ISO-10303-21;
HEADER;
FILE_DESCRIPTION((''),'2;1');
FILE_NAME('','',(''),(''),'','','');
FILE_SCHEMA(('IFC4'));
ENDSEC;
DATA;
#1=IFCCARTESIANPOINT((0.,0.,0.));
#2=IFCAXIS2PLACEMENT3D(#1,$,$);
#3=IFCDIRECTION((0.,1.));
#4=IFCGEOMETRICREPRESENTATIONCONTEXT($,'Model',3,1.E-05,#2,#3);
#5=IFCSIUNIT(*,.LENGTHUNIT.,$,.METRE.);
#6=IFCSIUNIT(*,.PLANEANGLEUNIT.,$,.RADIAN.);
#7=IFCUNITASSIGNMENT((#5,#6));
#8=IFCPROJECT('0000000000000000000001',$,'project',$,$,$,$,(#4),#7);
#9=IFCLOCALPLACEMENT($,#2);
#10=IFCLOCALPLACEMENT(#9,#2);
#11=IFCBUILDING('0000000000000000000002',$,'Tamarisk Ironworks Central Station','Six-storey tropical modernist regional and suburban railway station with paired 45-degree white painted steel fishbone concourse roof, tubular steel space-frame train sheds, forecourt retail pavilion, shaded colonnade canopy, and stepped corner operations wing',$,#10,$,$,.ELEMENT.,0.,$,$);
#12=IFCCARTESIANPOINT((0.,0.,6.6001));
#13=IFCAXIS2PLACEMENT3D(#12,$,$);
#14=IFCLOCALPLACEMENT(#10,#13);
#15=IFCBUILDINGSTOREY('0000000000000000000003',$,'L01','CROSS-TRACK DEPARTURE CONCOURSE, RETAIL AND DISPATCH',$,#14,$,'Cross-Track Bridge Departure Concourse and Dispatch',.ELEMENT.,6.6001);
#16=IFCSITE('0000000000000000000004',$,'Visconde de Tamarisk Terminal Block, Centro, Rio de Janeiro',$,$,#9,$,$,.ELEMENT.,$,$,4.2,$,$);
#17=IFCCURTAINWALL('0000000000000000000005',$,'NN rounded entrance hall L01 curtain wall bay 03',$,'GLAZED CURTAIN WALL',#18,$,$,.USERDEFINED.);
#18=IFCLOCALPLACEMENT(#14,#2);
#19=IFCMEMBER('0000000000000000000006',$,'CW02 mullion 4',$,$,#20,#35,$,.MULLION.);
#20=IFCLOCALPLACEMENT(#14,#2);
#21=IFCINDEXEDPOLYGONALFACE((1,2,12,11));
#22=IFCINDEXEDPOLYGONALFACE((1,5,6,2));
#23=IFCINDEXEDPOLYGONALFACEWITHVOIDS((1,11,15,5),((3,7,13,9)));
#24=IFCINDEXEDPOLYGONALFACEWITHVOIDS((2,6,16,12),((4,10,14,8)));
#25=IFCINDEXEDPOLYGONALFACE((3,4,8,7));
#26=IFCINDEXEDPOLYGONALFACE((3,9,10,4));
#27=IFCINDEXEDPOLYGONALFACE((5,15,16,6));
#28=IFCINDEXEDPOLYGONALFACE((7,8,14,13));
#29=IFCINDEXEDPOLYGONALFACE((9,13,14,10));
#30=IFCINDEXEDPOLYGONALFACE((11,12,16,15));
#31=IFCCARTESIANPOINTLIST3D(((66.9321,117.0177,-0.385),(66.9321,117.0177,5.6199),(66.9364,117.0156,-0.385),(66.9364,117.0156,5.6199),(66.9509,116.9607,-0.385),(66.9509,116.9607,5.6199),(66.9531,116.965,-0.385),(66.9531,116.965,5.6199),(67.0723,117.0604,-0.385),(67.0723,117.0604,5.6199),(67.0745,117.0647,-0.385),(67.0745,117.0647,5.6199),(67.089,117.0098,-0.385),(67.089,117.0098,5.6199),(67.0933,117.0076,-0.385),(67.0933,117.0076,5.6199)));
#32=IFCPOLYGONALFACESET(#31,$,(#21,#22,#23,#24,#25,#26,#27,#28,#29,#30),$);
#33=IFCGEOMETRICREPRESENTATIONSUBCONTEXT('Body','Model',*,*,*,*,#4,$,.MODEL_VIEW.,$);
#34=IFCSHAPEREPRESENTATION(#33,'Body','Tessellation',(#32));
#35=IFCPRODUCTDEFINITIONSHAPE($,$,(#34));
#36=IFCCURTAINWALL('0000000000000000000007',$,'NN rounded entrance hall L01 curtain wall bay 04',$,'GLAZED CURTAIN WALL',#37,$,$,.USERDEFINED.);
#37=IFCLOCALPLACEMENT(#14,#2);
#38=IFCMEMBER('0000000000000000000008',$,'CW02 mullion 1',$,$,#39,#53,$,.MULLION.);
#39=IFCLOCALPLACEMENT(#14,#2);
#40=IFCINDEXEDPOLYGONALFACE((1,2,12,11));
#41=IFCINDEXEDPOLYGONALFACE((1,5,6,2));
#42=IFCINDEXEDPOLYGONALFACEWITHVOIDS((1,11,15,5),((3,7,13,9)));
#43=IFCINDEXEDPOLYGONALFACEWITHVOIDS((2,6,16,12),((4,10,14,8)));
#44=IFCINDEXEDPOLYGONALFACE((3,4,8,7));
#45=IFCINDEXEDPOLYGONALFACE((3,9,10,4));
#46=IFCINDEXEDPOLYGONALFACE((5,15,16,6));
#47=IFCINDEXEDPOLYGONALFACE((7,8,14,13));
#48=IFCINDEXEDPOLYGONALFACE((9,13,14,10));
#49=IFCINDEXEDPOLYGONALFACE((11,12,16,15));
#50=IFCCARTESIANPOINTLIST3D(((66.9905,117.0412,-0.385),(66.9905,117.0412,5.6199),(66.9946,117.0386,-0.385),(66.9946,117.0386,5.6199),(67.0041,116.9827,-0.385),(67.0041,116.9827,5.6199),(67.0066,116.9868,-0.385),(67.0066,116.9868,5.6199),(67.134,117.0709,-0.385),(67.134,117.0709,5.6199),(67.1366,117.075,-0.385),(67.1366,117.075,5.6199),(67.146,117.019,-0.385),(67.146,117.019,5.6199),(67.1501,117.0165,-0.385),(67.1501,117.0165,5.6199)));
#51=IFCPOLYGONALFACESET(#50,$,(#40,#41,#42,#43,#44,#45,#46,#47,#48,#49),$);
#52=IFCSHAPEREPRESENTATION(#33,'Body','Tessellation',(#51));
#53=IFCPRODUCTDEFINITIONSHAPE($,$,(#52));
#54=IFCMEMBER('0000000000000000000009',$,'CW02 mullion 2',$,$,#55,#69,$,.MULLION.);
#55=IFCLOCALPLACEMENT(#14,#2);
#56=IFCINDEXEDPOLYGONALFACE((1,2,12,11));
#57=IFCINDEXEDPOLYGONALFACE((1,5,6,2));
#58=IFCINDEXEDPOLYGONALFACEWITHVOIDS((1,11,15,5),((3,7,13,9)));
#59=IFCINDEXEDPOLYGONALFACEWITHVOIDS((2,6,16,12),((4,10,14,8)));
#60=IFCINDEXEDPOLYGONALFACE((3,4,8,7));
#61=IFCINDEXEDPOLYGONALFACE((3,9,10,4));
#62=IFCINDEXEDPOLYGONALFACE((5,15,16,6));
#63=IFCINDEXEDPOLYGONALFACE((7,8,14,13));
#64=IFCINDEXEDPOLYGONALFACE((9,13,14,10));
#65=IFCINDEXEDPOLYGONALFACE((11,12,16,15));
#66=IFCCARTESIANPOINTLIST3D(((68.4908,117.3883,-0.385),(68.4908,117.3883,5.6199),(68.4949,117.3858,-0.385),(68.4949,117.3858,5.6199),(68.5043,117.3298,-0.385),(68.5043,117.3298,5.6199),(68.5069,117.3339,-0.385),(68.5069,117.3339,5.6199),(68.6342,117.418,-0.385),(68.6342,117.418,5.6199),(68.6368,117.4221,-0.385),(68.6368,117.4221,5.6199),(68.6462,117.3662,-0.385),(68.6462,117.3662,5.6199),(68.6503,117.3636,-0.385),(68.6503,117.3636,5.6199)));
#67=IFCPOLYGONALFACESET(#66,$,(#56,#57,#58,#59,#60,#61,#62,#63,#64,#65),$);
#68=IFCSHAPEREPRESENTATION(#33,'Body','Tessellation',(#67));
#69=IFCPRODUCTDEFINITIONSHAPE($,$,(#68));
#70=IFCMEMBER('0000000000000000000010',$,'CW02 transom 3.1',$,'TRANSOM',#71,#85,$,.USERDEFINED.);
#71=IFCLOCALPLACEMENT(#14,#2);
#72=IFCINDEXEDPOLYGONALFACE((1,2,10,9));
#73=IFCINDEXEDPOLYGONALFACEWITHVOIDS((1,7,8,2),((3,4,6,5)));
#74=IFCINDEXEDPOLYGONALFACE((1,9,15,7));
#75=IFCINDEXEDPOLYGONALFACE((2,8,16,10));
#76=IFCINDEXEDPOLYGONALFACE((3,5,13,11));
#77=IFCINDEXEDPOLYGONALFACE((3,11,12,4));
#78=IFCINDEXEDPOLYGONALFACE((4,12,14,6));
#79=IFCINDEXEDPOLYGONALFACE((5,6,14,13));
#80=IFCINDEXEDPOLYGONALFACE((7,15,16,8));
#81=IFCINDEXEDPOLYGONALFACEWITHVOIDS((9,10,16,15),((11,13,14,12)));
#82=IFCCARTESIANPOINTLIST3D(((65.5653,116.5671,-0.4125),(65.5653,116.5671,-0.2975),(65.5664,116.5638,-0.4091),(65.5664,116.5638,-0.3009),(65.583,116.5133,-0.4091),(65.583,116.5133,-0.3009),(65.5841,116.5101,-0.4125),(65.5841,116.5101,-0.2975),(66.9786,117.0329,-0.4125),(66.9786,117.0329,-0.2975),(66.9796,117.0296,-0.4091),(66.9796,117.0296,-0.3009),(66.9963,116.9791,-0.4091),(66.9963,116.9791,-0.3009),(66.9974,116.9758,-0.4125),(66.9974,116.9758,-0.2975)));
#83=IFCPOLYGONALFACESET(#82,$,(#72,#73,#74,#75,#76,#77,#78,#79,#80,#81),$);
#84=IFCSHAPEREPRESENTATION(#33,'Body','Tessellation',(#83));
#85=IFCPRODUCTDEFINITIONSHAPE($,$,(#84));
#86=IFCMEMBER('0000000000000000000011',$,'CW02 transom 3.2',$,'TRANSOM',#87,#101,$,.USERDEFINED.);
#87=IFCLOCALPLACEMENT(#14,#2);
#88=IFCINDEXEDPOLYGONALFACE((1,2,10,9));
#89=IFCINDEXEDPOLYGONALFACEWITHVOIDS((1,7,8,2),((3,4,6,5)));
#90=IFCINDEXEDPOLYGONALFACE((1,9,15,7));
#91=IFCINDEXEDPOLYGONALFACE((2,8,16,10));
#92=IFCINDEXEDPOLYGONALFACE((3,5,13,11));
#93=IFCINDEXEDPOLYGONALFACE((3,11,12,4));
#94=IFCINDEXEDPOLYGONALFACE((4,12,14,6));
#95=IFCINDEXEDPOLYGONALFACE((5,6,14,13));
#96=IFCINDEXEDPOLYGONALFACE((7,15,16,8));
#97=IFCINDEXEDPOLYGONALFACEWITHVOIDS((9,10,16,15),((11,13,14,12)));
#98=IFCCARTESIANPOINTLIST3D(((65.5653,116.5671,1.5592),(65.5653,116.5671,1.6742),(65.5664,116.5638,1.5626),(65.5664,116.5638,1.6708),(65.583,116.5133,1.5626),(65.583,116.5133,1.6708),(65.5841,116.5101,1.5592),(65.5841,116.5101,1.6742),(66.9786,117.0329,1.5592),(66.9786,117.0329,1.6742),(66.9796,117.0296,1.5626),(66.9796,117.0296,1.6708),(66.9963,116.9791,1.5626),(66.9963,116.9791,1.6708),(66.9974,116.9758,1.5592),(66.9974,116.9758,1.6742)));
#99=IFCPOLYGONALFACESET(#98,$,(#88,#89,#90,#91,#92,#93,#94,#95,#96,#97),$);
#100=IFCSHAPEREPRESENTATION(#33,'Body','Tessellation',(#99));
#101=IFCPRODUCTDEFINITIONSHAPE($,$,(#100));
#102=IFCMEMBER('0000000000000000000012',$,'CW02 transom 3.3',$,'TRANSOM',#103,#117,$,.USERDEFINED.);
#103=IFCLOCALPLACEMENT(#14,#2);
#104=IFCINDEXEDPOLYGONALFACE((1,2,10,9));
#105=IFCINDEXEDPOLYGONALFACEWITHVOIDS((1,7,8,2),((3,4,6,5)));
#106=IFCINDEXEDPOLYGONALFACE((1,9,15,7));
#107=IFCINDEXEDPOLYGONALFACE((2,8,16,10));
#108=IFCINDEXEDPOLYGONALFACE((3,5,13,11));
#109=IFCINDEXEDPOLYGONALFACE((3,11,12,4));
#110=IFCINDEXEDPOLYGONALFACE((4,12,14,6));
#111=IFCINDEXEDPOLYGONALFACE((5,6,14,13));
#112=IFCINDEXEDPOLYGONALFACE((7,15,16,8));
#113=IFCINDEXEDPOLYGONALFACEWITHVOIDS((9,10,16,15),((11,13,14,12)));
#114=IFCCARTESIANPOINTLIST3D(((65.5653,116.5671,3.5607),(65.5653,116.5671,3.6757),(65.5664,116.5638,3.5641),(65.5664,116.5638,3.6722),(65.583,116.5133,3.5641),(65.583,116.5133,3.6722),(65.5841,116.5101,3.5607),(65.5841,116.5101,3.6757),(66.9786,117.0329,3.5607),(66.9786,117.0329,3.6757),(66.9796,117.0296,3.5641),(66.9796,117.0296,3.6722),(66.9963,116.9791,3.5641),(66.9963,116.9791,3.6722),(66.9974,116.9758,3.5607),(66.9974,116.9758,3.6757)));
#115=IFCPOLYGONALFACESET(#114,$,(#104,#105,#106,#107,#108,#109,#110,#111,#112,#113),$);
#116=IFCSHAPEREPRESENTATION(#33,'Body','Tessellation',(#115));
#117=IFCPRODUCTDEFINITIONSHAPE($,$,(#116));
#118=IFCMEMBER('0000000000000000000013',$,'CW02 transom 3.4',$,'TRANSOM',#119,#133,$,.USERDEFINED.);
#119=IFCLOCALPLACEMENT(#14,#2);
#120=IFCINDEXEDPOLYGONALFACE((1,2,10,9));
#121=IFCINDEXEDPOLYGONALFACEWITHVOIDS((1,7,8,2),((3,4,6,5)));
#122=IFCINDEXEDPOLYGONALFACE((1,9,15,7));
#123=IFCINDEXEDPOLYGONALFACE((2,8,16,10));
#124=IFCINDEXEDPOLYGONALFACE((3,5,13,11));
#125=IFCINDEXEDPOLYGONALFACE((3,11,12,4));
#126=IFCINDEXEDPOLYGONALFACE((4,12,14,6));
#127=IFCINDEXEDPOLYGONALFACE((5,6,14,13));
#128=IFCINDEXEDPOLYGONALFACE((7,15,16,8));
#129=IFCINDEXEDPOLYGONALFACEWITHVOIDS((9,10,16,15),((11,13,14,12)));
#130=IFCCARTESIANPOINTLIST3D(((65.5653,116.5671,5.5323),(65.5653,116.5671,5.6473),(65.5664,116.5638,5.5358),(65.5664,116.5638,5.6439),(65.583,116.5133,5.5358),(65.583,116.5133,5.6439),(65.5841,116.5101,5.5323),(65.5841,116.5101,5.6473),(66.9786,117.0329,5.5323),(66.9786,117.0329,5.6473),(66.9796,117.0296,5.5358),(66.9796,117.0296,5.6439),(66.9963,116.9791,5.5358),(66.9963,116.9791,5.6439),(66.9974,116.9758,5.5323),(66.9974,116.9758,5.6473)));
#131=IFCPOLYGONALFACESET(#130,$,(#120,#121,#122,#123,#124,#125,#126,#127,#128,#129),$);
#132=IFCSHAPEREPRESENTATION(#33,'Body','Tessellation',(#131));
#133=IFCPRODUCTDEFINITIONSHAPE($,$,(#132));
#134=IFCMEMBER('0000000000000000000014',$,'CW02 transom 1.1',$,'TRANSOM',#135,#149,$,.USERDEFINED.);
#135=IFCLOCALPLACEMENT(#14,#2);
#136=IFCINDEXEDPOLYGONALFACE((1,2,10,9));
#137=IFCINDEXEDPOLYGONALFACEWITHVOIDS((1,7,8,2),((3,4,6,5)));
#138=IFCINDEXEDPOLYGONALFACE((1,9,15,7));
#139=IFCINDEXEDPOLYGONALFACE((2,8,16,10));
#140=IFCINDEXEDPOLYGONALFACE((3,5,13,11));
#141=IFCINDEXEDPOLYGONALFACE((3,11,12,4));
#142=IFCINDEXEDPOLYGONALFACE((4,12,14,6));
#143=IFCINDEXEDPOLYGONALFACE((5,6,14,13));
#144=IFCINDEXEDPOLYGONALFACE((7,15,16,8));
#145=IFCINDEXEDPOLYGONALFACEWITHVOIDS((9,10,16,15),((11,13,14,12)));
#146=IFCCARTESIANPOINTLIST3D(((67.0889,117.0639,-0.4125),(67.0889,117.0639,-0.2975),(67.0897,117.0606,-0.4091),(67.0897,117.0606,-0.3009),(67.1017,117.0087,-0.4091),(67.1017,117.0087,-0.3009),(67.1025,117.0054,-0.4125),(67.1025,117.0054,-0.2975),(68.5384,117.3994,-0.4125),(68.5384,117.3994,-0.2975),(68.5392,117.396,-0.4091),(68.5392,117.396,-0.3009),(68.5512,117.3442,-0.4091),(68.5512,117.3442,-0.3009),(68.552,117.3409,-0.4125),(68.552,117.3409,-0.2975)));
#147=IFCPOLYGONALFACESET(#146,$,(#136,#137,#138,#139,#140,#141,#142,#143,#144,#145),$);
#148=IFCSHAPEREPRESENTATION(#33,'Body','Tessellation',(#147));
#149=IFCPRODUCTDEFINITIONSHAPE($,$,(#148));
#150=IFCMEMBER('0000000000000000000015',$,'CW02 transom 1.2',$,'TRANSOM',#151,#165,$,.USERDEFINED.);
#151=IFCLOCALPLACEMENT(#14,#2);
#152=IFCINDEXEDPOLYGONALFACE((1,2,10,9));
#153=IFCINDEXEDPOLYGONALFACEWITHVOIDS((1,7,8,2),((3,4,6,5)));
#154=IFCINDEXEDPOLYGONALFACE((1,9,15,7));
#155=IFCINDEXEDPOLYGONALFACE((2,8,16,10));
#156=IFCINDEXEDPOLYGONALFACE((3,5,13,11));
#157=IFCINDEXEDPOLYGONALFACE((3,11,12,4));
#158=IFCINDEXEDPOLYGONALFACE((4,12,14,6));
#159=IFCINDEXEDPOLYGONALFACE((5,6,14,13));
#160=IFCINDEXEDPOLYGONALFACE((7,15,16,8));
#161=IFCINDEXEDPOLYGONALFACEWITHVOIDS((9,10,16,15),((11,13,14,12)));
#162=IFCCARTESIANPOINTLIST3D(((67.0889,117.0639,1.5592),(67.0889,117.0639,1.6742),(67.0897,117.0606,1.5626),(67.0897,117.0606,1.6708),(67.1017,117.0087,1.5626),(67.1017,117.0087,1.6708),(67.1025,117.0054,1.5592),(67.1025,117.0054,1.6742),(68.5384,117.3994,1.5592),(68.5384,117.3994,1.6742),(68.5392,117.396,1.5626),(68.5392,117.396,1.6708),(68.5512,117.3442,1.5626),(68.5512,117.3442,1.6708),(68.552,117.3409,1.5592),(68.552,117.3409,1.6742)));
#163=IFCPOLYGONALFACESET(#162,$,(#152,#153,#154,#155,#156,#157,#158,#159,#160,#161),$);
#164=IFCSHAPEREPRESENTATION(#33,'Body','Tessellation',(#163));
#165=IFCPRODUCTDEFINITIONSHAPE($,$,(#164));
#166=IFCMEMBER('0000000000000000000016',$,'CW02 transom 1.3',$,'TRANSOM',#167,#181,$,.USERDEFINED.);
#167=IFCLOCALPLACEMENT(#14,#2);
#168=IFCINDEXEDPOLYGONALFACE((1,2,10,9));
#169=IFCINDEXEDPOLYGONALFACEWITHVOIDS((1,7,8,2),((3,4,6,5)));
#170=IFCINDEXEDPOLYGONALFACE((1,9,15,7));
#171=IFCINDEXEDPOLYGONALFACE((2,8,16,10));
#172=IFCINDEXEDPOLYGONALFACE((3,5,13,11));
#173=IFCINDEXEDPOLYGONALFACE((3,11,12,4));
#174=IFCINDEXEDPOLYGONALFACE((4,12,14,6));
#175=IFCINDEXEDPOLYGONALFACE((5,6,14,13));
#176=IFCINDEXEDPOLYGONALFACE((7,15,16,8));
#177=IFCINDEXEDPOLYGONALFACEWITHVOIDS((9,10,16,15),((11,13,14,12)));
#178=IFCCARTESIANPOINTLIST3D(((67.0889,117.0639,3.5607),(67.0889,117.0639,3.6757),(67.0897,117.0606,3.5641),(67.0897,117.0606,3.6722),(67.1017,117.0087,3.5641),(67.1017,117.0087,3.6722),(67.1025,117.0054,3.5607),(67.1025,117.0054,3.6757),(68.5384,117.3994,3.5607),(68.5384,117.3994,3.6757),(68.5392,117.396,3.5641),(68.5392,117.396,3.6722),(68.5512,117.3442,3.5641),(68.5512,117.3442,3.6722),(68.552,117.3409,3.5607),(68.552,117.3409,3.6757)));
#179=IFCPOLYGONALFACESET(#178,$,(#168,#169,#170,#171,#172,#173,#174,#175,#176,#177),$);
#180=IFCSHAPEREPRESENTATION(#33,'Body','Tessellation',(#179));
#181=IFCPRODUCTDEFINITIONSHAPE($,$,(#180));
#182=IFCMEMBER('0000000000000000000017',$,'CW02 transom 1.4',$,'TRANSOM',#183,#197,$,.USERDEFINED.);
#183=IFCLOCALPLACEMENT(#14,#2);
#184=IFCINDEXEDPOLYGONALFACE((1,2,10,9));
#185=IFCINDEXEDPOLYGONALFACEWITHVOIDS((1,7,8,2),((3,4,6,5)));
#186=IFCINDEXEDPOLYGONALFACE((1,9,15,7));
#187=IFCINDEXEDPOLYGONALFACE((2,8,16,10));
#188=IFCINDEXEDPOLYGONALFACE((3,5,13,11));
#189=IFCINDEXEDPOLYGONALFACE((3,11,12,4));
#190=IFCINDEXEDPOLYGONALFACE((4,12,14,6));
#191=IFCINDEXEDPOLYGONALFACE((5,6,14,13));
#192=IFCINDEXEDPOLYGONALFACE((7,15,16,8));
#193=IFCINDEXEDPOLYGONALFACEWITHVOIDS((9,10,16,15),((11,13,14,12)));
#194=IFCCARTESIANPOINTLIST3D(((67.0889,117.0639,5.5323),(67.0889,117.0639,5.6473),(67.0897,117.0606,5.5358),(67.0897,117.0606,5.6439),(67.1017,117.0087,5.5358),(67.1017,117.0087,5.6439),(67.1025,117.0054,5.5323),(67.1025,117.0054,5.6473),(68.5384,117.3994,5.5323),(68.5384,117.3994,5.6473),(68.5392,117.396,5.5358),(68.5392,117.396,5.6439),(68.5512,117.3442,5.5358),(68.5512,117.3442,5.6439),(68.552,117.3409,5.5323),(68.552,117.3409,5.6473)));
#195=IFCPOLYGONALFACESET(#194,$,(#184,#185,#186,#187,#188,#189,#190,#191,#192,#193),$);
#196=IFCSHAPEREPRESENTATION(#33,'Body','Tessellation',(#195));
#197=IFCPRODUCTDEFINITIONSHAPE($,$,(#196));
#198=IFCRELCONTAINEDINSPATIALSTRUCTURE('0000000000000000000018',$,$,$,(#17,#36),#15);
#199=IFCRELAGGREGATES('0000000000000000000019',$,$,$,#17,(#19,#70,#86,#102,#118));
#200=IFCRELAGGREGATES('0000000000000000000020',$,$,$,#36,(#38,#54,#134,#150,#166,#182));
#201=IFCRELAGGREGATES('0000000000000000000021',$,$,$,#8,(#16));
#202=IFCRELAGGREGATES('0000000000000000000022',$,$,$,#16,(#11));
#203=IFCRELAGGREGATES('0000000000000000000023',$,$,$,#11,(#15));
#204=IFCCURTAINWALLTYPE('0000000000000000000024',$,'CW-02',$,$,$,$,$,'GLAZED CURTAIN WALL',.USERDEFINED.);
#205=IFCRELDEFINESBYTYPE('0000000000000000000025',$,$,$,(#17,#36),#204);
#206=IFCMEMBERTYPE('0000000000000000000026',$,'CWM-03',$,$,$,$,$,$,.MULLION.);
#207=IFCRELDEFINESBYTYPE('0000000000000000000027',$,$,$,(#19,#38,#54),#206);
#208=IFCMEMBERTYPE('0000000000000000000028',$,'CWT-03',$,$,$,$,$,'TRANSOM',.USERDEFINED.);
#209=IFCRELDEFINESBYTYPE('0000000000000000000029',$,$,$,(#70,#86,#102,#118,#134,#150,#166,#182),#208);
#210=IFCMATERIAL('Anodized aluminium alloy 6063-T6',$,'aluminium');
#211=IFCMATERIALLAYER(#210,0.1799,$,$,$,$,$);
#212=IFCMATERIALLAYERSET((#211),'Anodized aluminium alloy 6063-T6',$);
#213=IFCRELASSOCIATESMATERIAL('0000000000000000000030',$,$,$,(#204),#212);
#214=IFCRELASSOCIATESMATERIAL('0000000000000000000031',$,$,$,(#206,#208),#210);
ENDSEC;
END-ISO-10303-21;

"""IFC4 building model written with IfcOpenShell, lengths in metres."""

from ifc_helpers import new_model, si_unit, direction, frame, origin, origin_2d, place, context, subcontext, project, spatial, hollow_rectangle, extrude, material, layer, layer_set, material_profile, profile_set, type_object, element, aggregate, save


model = new_model("IFC4")

# Units and contexts
model_context = context("Model", 3, precision=1e-05, world=origin(), true_north=direction((0.0, 1.0)))
body_context = subcontext(model_context, "Body", "Model", "MODEL_VIEW")
ifc_project = project(units=[si_unit("LENGTHUNIT", "METRE"), si_unit("PLANEANGLEUNIT", "RADIAN")], contexts=[model_context])

# Site, building, storey
site_placement = place(None, origin())
site = spatial("IfcSite", under=ifc_project, at=site_placement, Name="Visconde de Tamarisk Terminal Block, Centro, Rio de Janeiro", CompositionType="ELEMENT", RefElevation=4.2)
building_placement = place(site_placement, origin())
building = spatial("IfcBuilding", under=site, at=building_placement, Name="Tamarisk Ironworks Central Station", Description="Six-storey tropical modernist regional and suburban railway station with paired 45-degree white painted steel fishbone concourse roof, tubular steel space-frame train sheds, forecourt retail pavilion, shaded colonnade canopy, and stepped corner operations wing", CompositionType="ELEMENT", ElevationOfRefHeight=0.0)
storey_placement = place(building_placement, frame((0.0, 0.0, 6.6001)))
storey = spatial("IfcBuildingStorey", under=building, at=storey_placement, Name="L01", Description="CROSS-TRACK DEPARTURE CONCOURSE, RETAIL AND DISPATCH", LongName="Cross-Track Bridge Departure Concourse and Dispatch", CompositionType="ELEMENT", Elevation=6.6001)

# Curtain wall, member
ifc_material_1 = material(Name="Anodized aluminium alloy 6063-T6", Category="aluminium")
ifc_layer_1 = layer(ifc_material_1, 0.1799)
ifc_layer_set_1 = layer_set([ifc_layer_1], Name="Anodized aluminium alloy 6063-T6")
curtain_wall_type = type_object("IfcCurtainWallType", Name="CW-02", ElementType="GLAZED CURTAIN WALL", PredefinedType="USERDEFINED", material=ifc_layer_set_1)
curtain_wall_1_placement = place(storey_placement, origin())
curtain_wall_1 = element("IfcCurtainWall", 1, at=curtain_wall_1_placement, inside=storey, type_object=curtain_wall_type, Name="NN rounded entrance hall L01 curtain wall bay 03", ObjectType="GLAZED CURTAIN WALL", PredefinedType="USERDEFINED")
ifc_material_profile_1 = material_profile(ifc_material_1, hollow_rectangle(XDim=0.0601, YDim=0.1499, WallThickness=0.0034, at=origin_2d()), Name="ALUM 150x60")
ifc_profile_set_1 = profile_set([ifc_material_profile_1], Name="Anodized aluminium alloy 6063-T6")
member_type_1 = type_object("IfcMemberType", Name="CWM-03", PredefinedType="MULLION", material=ifc_profile_set_1)
member_1_placement = place(storey_placement, frame((67.0127, 117.0127, -0.385), z_axis=(0.0, 0.0, 1.0), x_axis=(-0.313098, 0.949721, 0.0)))
member_1 = element("IfcMember", 2, at=member_1_placement, type_object=member_type_1, Name="CW02 mullion 4", PredefinedType="MULLION", context=body_context, shape_type="SweptSolid", body=[
    extrude(hollow_rectangle(XDim=0.0601, YDim=0.1499, WallThickness=0.0034, at=origin_2d()), origin(), (0.0, 0.0, 1.0), 6.0049),
])

# Curtain wall, members
curtain_wall_2_placement = place(storey_placement, origin())
curtain_wall_2 = element("IfcCurtainWall", 3, at=curtain_wall_2_placement, inside=storey, type_object=curtain_wall_type, Name="NN rounded entrance hall L01 curtain wall bay 04", ObjectType="GLAZED CURTAIN WALL", PredefinedType="USERDEFINED")
member_2_placement = place(storey_placement, frame((67.0703, 117.0288, -0.385), z_axis=(0.0, 0.0, 1.0), x_axis=(-0.225517, 0.974239, 0.0)))
member_2 = element("IfcMember", 4, at=member_2_placement, type_object=member_type_1, Name="CW02 mullion 1", PredefinedType="MULLION", context=body_context, shape_type="SweptSolid", body=[
    extrude(hollow_rectangle(XDim=0.0601, YDim=0.1499, WallThickness=0.0034, at=origin_2d()), origin(), (0.0, 0.0, 1.0), 6.0049),
])
member_3_placement = place(storey_placement, frame((68.5706, 117.376, -0.385), z_axis=(0.0, 0.0, 1.0), x_axis=(-0.225517, 0.974239, 0.0)))
member_3 = element("IfcMember", 5, at=member_3_placement, type_object=member_type_1, Name="CW02 mullion 2", PredefinedType="MULLION", context=body_context, shape_type="SweptSolid", body=[
    extrude(hollow_rectangle(XDim=0.0601, YDim=0.1499, WallThickness=0.0034, at=origin_2d()), origin(), (0.0, 0.0, 1.0), 6.0049),
])

# Members
ifc_material_profile_2 = material_profile(ifc_material_1, hollow_rectangle(XDim=0.0601, YDim=0.115, WallThickness=0.0034, at=origin_2d()), Name="ALUM 115x60")
ifc_profile_set_2 = profile_set([ifc_material_profile_2], Name="Anodized aluminium alloy 6063-T6")
member_type_2 = type_object("IfcMemberType", Name="CWT-03", ElementType="TRANSOM", PredefinedType="USERDEFINED", material=ifc_profile_set_2)
member_4_placement = place(storey_placement, frame((65.5747, 116.5386, -0.355), z_axis=(0.949744, 0.313027, 0.0), x_axis=(-0.313027, 0.949744, 0.0)))
member_4 = element("IfcMember", 6, at=member_4_placement, type_object=member_type_2, Name="CW02 transom 3.1", ObjectType="TRANSOM", PredefinedType="USERDEFINED", context=body_context, shape_type="SweptSolid", body=[
    extrude(hollow_rectangle(XDim=0.0601, YDim=0.115, WallThickness=0.0034, at=origin_2d()), origin(), (0.0, 0.0, 1.0), 1.488),
])
member_5_placement = place(storey_placement, frame((65.5747, 116.5386, 1.6167), z_axis=(0.949744, 0.313027, 0.0), x_axis=(-0.313027, 0.949744, 0.0)))
member_5 = element("IfcMember", 7, at=member_5_placement, type_object=member_type_2, Name="CW02 transom 3.2", ObjectType="TRANSOM", PredefinedType="USERDEFINED", context=body_context, shape_type="SweptSolid", body=[
    extrude(hollow_rectangle(XDim=0.0601, YDim=0.115, WallThickness=0.0034, at=origin_2d()), origin(), (0.0, 0.0, 1.0), 1.488),
])
member_6_placement = place(storey_placement, frame((65.5747, 116.5386, 3.6182), z_axis=(0.949744, 0.313027, 0.0), x_axis=(-0.313027, 0.949744, 0.0)))
member_6 = element("IfcMember", 8, at=member_6_placement, type_object=member_type_2, Name="CW02 transom 3.3", ObjectType="TRANSOM", PredefinedType="USERDEFINED", context=body_context, shape_type="SweptSolid", body=[
    extrude(hollow_rectangle(XDim=0.0601, YDim=0.115, WallThickness=0.0034, at=origin_2d()), origin(), (0.0, 0.0, 1.0), 1.488),
])
member_7_placement = place(storey_placement, frame((65.5747, 116.5386, 5.5898), z_axis=(0.949744, 0.313027, 0.0), x_axis=(-0.313027, 0.949744, 0.0)))
member_7 = element("IfcMember", 9, at=member_7_placement, type_object=member_type_2, Name="CW02 transom 3.4", ObjectType="TRANSOM", PredefinedType="USERDEFINED", context=body_context, shape_type="SweptSolid", body=[
    extrude(hollow_rectangle(XDim=0.0601, YDim=0.115, WallThickness=0.0034, at=origin_2d()), origin(), (0.0, 0.0, 1.0), 1.488),
])
member_8_placement = place(storey_placement, frame((67.0957, 117.0347, -0.355), z_axis=(0.97425, 0.225471, 0.0), x_axis=(-0.225471, 0.97425, 0.0)))
member_8 = element("IfcMember", 10, at=member_8_placement, type_object=member_type_2, Name="CW02 transom 1.1", ObjectType="TRANSOM", PredefinedType="USERDEFINED", context=body_context, shape_type="SweptSolid", body=[
    extrude(hollow_rectangle(XDim=0.0601, YDim=0.115, WallThickness=0.0034, at=origin_2d()), origin(), (0.0, 0.0, 1.0), 1.4878),
])
member_9_placement = place(storey_placement, frame((67.0957, 117.0347, 1.6167), z_axis=(0.97425, 0.225471, 0.0), x_axis=(-0.225471, 0.97425, 0.0)))
member_9 = element("IfcMember", 11, at=member_9_placement, type_object=member_type_2, Name="CW02 transom 1.2", ObjectType="TRANSOM", PredefinedType="USERDEFINED", context=body_context, shape_type="SweptSolid", body=[
    extrude(hollow_rectangle(XDim=0.0601, YDim=0.115, WallThickness=0.0034, at=origin_2d()), origin(), (0.0, 0.0, 1.0), 1.4878),
])
member_10_placement = place(storey_placement, frame((67.0957, 117.0347, 3.6182), z_axis=(0.97425, 0.225471, 0.0), x_axis=(-0.225471, 0.97425, 0.0)))
member_10 = element("IfcMember", 12, at=member_10_placement, type_object=member_type_2, Name="CW02 transom 1.3", ObjectType="TRANSOM", PredefinedType="USERDEFINED", context=body_context, shape_type="SweptSolid", body=[
    extrude(hollow_rectangle(XDim=0.0601, YDim=0.115, WallThickness=0.0034, at=origin_2d()), origin(), (0.0, 0.0, 1.0), 1.4878),
])
member_11_placement = place(storey_placement, frame((67.0957, 117.0347, 5.5898), z_axis=(0.97425, 0.225471, 0.0), x_axis=(-0.225471, 0.97425, 0.0)))
member_11 = element("IfcMember", 13, at=member_11_placement, type_object=member_type_2, Name="CW02 transom 1.4", ObjectType="TRANSOM", PredefinedType="USERDEFINED", context=body_context, shape_type="SweptSolid", body=[
    extrude(hollow_rectangle(XDim=0.0601, YDim=0.115, WallThickness=0.0034, at=origin_2d()), origin(), (0.0, 0.0, 1.0), 1.4878),
])

aggregate(curtain_wall_1, [member_1, member_4, member_5, member_6, member_7])
aggregate(curtain_wall_2, [member_2, member_3, member_8, member_9, member_10, member_11])

save(model, "model.ifc")
